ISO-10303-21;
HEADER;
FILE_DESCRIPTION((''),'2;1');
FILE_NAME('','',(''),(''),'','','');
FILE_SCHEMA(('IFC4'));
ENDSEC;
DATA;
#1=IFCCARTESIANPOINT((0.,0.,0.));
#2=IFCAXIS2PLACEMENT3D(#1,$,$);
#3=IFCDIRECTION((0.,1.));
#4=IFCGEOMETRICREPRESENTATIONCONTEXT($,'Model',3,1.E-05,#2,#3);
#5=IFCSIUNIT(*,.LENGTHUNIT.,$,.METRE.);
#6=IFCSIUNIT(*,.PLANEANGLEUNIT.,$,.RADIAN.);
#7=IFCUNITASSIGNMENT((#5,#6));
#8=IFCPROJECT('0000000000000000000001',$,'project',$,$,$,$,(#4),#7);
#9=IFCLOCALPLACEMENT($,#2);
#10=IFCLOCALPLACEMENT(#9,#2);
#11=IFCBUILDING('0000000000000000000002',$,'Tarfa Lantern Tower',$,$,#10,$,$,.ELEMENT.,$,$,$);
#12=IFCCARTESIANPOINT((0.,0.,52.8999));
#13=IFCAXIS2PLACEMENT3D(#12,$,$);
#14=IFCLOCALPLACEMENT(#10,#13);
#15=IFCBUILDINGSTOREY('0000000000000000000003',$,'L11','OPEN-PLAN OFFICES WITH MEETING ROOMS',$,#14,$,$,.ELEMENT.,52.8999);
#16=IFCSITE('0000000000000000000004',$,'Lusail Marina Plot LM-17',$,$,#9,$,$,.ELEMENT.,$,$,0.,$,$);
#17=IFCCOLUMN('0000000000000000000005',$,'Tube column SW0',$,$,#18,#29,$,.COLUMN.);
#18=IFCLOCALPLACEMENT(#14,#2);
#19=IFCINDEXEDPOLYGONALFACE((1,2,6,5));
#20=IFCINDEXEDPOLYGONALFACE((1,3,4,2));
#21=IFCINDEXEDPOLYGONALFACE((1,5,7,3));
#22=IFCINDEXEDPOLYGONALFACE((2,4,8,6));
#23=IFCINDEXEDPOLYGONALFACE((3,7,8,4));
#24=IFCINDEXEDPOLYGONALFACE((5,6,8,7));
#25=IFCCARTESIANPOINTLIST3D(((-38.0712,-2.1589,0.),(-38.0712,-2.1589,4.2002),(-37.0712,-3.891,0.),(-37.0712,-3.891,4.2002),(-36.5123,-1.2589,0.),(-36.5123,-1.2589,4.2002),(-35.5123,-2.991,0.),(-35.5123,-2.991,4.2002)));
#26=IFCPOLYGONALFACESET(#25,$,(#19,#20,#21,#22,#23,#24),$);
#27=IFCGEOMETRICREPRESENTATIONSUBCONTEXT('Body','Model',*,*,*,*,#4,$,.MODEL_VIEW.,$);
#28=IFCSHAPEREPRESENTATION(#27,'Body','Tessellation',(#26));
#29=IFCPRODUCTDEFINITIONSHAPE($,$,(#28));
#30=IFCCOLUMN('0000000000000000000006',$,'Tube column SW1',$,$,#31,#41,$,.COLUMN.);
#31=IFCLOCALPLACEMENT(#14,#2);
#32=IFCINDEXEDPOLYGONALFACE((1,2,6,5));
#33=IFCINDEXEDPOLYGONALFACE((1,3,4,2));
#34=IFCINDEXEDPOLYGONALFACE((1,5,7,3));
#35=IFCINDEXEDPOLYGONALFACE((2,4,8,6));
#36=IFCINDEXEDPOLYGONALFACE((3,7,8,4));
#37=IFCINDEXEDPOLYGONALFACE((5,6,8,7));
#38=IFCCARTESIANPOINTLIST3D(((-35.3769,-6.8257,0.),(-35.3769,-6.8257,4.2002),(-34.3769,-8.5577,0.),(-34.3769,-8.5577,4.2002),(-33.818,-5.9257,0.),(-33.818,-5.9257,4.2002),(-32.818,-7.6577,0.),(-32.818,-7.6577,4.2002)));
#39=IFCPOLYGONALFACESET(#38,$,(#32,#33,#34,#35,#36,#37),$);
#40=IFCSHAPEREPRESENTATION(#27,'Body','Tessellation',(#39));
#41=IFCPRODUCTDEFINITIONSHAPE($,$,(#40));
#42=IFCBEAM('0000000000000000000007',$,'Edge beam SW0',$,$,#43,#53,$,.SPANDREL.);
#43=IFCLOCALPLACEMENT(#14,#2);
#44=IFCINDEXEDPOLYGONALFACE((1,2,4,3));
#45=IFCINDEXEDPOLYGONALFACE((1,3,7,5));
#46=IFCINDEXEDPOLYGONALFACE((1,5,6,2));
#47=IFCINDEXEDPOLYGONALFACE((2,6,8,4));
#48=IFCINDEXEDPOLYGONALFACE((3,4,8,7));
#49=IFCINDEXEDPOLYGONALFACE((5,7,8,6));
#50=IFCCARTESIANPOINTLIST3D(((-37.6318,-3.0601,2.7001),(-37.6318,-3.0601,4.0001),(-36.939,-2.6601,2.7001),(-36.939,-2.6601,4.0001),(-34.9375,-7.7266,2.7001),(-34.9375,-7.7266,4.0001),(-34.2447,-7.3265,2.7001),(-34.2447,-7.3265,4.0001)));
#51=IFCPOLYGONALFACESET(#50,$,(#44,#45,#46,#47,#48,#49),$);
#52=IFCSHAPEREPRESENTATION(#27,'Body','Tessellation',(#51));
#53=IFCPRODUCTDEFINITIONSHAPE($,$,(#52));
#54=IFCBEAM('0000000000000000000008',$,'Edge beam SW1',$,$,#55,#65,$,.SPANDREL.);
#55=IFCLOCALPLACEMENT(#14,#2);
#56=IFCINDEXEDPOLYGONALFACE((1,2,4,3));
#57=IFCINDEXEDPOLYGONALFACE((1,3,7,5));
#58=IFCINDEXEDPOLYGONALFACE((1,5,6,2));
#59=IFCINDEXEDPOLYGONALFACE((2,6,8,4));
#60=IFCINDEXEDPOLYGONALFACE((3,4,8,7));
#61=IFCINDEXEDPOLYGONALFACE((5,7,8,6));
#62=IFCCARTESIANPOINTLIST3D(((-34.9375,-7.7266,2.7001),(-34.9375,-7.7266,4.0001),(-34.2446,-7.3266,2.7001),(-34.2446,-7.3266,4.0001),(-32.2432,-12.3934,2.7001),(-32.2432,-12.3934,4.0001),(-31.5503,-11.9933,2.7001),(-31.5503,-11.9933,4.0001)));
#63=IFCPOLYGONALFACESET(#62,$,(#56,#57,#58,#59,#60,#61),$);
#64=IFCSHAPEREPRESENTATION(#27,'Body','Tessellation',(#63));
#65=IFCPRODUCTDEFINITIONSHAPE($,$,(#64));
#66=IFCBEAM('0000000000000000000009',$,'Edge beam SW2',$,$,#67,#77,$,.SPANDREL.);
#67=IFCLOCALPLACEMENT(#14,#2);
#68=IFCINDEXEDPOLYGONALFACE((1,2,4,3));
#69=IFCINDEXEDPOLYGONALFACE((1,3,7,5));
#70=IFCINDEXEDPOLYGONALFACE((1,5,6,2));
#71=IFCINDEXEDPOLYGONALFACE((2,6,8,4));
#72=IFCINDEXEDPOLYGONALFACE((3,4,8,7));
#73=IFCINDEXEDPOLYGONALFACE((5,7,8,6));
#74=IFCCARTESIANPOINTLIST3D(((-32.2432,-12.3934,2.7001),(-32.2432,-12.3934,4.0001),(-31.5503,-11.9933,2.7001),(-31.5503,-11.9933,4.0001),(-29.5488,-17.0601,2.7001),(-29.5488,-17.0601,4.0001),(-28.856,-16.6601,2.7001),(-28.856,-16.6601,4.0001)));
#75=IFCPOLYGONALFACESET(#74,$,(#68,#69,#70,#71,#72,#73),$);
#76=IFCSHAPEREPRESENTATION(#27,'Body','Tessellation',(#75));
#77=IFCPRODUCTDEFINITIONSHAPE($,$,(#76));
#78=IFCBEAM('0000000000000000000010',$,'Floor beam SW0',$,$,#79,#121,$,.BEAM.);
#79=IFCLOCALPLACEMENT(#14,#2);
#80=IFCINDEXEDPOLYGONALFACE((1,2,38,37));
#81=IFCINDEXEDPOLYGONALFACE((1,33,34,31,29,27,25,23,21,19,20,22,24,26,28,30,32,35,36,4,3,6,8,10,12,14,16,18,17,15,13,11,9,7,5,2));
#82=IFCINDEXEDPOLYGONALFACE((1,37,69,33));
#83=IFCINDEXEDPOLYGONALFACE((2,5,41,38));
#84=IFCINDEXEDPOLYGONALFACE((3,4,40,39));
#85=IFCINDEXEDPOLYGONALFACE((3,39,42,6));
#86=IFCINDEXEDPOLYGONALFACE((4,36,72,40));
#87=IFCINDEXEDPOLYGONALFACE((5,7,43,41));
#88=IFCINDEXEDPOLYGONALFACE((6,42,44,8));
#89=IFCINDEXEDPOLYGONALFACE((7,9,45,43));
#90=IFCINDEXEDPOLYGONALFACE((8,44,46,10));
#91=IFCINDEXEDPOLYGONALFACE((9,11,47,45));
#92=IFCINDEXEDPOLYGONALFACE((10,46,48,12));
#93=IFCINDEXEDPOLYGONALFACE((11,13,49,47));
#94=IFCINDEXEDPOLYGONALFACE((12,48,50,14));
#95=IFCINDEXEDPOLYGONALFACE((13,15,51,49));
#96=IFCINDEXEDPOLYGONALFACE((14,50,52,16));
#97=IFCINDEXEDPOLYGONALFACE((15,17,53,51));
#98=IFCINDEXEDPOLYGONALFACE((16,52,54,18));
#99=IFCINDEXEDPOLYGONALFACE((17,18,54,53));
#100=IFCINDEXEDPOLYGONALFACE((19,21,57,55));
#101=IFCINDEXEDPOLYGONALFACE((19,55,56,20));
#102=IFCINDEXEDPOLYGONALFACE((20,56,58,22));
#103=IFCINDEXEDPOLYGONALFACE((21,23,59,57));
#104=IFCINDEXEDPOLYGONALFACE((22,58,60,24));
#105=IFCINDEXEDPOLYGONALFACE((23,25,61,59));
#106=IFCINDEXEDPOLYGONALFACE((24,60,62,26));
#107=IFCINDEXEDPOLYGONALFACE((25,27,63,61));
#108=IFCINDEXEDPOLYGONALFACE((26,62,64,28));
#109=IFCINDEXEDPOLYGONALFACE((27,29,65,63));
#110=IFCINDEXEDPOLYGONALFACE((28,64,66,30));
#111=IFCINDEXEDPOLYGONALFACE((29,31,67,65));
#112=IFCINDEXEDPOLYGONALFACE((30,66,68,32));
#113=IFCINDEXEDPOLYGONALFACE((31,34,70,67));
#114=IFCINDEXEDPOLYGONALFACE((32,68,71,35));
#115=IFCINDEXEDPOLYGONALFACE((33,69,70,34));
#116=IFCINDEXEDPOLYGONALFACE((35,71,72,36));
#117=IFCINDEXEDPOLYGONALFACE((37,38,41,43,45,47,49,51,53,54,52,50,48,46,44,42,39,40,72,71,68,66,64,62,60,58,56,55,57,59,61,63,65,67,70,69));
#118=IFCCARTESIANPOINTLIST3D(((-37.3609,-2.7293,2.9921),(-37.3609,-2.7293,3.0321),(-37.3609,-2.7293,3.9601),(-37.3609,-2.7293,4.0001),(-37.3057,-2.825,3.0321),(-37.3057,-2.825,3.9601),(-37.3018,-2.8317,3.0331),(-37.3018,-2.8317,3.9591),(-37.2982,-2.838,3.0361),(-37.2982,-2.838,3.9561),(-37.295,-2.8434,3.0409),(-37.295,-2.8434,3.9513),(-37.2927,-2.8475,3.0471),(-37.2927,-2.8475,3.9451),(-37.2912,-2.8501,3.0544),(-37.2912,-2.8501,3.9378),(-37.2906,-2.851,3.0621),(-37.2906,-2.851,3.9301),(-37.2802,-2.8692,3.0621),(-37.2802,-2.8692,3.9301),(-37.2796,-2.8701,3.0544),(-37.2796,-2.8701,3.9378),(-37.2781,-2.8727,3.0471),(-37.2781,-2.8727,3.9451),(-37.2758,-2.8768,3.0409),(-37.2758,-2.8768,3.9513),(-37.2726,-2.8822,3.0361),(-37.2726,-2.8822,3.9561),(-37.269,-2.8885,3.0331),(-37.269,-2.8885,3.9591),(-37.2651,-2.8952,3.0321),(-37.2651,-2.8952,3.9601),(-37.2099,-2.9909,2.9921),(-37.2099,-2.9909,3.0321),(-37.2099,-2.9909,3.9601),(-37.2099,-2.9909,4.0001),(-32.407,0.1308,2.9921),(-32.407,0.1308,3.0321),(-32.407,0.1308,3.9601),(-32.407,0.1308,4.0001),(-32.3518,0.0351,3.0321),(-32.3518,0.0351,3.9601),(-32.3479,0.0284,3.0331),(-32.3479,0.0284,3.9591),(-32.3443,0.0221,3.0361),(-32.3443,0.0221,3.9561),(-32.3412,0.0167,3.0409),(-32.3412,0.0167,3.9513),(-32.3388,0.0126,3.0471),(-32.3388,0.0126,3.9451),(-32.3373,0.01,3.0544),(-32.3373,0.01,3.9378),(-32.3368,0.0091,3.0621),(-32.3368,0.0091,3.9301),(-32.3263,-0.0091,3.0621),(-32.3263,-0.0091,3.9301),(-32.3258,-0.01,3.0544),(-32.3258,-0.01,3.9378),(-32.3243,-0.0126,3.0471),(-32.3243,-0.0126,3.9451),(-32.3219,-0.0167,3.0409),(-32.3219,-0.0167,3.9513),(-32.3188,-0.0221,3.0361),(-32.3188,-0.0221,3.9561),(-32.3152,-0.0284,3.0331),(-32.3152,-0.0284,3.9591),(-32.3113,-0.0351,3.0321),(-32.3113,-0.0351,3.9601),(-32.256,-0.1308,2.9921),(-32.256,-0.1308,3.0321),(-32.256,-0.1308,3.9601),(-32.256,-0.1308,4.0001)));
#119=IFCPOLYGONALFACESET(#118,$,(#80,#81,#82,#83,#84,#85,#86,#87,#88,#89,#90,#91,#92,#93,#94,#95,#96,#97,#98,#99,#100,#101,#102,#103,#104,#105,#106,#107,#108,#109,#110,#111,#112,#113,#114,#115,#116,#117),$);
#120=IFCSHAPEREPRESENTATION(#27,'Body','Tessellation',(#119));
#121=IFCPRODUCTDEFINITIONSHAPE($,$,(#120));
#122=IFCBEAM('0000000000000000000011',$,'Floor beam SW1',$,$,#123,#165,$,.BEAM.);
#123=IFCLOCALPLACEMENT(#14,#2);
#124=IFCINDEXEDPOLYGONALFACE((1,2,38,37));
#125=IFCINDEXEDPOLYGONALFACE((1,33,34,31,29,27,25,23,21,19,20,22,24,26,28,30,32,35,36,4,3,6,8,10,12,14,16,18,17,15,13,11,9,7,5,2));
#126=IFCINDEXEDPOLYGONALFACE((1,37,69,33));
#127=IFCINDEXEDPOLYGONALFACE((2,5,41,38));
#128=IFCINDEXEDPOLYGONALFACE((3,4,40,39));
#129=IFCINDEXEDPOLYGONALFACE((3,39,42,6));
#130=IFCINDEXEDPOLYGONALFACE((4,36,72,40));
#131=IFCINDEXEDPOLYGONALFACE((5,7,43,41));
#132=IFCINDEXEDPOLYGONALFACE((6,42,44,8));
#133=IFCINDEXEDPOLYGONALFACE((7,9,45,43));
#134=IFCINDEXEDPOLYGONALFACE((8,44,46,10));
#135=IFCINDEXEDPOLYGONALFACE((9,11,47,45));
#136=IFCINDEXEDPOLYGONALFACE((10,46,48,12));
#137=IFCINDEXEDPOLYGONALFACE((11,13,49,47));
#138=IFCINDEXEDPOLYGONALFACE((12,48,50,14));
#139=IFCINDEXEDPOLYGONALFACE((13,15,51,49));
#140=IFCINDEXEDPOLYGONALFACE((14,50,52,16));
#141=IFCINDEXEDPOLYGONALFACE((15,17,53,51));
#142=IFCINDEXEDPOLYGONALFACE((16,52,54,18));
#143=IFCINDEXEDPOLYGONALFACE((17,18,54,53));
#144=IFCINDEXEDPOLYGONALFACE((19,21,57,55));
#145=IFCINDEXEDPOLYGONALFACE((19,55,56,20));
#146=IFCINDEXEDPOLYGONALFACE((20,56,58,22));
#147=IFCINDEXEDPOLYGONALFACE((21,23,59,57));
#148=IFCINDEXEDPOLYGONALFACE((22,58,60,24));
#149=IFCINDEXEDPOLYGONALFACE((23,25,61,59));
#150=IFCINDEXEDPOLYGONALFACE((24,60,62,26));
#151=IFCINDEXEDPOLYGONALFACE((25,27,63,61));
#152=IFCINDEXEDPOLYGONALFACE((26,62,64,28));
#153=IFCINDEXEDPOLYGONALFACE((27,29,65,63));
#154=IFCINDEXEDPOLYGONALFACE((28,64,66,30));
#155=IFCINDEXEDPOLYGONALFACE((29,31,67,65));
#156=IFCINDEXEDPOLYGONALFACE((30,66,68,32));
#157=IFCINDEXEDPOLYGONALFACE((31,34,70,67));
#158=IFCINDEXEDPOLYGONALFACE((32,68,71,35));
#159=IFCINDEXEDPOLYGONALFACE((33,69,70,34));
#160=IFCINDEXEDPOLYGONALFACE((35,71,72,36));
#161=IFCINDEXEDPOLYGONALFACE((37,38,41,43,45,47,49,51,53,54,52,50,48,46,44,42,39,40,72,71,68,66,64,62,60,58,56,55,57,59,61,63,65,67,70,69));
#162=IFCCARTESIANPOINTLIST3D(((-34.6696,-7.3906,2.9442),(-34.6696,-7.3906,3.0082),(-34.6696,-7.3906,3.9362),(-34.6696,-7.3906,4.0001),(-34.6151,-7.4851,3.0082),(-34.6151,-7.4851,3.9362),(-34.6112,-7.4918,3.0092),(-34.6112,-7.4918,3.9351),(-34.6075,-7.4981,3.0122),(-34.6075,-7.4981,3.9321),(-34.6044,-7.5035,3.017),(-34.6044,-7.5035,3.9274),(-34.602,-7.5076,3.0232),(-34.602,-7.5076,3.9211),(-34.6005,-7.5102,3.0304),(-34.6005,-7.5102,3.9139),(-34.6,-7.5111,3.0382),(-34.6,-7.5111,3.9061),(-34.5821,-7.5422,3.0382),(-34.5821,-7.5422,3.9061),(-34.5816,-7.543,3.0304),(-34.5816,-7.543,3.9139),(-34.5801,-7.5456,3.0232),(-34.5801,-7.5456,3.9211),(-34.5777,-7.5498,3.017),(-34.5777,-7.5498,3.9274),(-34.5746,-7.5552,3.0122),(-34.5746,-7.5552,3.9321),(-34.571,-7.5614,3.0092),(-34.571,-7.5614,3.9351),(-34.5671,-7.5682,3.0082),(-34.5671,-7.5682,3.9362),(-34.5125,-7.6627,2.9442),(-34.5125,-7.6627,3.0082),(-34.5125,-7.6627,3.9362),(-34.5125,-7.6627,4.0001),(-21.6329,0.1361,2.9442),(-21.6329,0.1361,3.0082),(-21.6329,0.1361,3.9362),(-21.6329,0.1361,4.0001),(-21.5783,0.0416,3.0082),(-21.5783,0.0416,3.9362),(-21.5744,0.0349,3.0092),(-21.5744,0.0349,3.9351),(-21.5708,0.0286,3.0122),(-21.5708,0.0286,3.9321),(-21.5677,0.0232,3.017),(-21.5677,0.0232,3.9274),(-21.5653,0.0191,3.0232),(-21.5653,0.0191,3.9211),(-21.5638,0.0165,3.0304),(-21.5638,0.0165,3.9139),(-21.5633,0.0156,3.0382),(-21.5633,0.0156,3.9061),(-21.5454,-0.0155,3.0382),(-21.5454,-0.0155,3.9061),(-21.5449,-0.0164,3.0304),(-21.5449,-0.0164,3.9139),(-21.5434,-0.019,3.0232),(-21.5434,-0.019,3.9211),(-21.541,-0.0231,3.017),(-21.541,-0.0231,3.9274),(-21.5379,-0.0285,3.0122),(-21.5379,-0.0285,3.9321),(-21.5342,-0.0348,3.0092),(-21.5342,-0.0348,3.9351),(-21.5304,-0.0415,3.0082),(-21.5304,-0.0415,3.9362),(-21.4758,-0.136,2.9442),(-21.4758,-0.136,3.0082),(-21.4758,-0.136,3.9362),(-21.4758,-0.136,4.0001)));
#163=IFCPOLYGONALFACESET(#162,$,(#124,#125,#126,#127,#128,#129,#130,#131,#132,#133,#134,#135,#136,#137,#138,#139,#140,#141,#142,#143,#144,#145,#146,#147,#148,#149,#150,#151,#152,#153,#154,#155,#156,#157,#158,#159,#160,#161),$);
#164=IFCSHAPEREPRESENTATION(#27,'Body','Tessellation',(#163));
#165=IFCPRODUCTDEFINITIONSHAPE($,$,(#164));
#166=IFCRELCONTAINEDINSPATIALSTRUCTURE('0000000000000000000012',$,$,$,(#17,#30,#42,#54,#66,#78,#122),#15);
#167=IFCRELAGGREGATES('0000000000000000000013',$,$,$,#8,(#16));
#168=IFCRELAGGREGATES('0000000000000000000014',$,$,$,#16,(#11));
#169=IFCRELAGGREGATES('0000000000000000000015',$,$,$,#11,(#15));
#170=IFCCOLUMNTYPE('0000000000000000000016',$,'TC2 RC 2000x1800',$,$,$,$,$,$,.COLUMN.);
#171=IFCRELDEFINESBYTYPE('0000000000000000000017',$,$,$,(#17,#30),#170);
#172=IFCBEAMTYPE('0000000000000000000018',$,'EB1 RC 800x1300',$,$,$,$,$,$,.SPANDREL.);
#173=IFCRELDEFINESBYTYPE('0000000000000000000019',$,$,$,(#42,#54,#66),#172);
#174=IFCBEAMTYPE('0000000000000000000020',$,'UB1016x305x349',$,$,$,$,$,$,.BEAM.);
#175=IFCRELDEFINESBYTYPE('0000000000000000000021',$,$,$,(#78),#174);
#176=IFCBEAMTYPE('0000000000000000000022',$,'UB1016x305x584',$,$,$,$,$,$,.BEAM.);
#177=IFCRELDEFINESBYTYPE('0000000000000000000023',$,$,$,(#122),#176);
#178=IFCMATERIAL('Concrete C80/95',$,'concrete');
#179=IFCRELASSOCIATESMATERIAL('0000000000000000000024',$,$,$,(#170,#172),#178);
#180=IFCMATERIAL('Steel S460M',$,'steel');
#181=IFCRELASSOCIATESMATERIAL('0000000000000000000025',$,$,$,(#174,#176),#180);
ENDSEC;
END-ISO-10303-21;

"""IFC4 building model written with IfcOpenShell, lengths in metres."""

from ifc_helpers import new_model, si_unit, direction, frame, origin, origin_2d, place, context, subcontext, project, spatial, rectangle, i_section, extrude, material, material_profile, profile_set, type_object, element, save


model = new_model("IFC4")

# Units and contexts
model_context = context("Model", 3, precision=1e-05, world=origin(), true_north=direction((0.0, 1.0)))
body_context = subcontext(model_context, "Body", "Model", "MODEL_VIEW")
ifc_project = project(units=[si_unit("LENGTHUNIT", "METRE"), si_unit("PLANEANGLEUNIT", "RADIAN")], contexts=[model_context])

# Site, building, storey
site_placement = place(None, origin())
site = spatial("IfcSite", under=ifc_project, at=site_placement, Name="Lusail Marina Plot LM-17", CompositionType="ELEMENT", RefElevation=0.0)
building_placement = place(site_placement, origin())
building = spatial("IfcBuilding", under=site, at=building_placement, Name="Tarfa Lantern Tower", CompositionType="ELEMENT")
storey_placement = place(building_placement, frame((0.0, 0.0, 52.8999)))
storey = spatial("IfcBuildingStorey", under=building, at=storey_placement, Name="L11", Description="OPEN-PLAN OFFICES WITH MEETING ROOMS", CompositionType="ELEMENT", Elevation=52.8999)

# Columns
ifc_material_1 = material(Name="Concrete C80/95", Category="concrete")
ifc_material_profile_1 = material_profile(ifc_material_1, rectangle(XDim=2.0, YDim=1.8, at=origin_2d()), Name="RC 2000x1800")
ifc_profile_set_1 = profile_set([ifc_material_profile_1], Name="Concrete C80/95")
column_type = type_object("IfcColumnType", Name="TC2 RC 2000x1800", PredefinedType="COLUMN", material=ifc_profile_set_1)
for number, where, z_axis, x_axis, name in (
    (1, (-36.7917, -2.575, 0.0), (0.0, 0.0, 1.0), (0.5, -0.866025, 0.0), "Tube column SW0"),
    (2, (-34.0974, -7.2417, 0.0), (0.0, 0.0, 1.0), (0.5, -0.866025, 0.0), "Tube column SW1"),
):
    element("IfcColumn", number, at=place(storey_placement, frame(where, z_axis=z_axis, x_axis=x_axis)), inside=storey, type_object=column_type, Name=name, PredefinedType="COLUMN", context=body_context, shape_type="SweptSolid", body=[
        extrude(rectangle(XDim=2.0, YDim=1.8, at=origin_2d()), origin(), (0.0, 0.0, 1.0), 4.2002),
    ])

# Beams
ifc_material_profile_2 = material_profile(ifc_material_1, rectangle(XDim=0.8, YDim=1.3, at=origin_2d()), Name="RC 800x1300")
ifc_profile_set_2 = profile_set([ifc_material_profile_2], Name="Concrete C80/95")
beam_type_1 = type_object("IfcBeamType", Name="EB1 RC 800x1300", PredefinedType="SPANDREL", material=ifc_profile_set_2)
beam_1_placement = place(storey_placement, frame((-37.2854, -2.8601, 3.3501), z_axis=(0.500018, -0.866015, 0.0), x_axis=(0.866015, 0.500018, 0.0)))
element("IfcBeam", 3, at=beam_1_placement, inside=storey, type_object=beam_type_1, Name="Edge beam SW0", PredefinedType="SPANDREL", context=body_context, shape_type="SweptSolid", body=[
    extrude(rectangle(XDim=0.8, YDim=1.3, at=origin_2d()), origin(), (0.0, 0.0, 1.0), 5.3884),
])
for number, where, z_axis, x_axis, name in (
    (4, (-34.5911, -7.5266, 3.3501), (0.499998, -0.866026, 0.0), (0.866026, 0.499998, 0.0), "Edge beam SW1"),
    (5, (-31.8967, -12.1934, 3.3501), (0.499998, -0.866026, 0.0), (0.866026, 0.499998, 0.0), "Edge beam SW2"),
):
    element("IfcBeam", number, at=place(storey_placement, frame(where, z_axis=z_axis, x_axis=x_axis)), inside=storey, type_object=beam_type_1, Name=name, PredefinedType="SPANDREL", context=body_context, shape_type="SweptSolid", body=[
        extrude(rectangle(XDim=0.8, YDim=1.3, at=origin_2d()), origin(), (0.0, 0.0, 1.0), 5.3887),
    ])
ifc_material_2 = material(Name="Steel S460M", Category="steel")
ifc_material_profile_3 = material_profile(ifc_material_2, i_section(OverallWidth=0.302, OverallDepth=1.0081, WebThickness=0.021, FlangeThickness=0.04, FilletRadius=0.03, at=origin_2d()), Name="UB1016x305x349")
ifc_profile_set_3 = profile_set([ifc_material_profile_3], Name="Steel S460M")
beam_type_2 = type_object("IfcBeamType", Name="UB1016x305x349", PredefinedType="BEAM", material=ifc_profile_set_3)
beam_2_placement = place(storey_placement, frame((-37.2854, -2.8601, 3.4961), z_axis=(0.866026, 0.5, 0.0), x_axis=(-0.5, 0.866026, 0.0)))
element("IfcBeam", 6, at=beam_2_placement, inside=storey, type_object=beam_type_2, Name="Floor beam SW0", PredefinedType="BEAM", context=body_context, shape_type="SweptSolid", body=[
    extrude(i_section(OverallWidth=0.302, OverallDepth=1.0081, WebThickness=0.021, FlangeThickness=0.04, FilletRadius=0.03, at=origin_2d()), origin(), (0.0, 0.0, 1.0), 5.7202),
])
ifc_material_profile_4 = material_profile(ifc_material_2, i_section(OverallWidth=0.3142, OverallDepth=1.0559, WebThickness=0.0359, FlangeThickness=0.064, FilletRadius=0.03, at=origin_2d()), Name="UB1016x305x584")
ifc_profile_set_4 = profile_set([ifc_material_profile_4], Name="Steel S460M")
beam_type_3 = type_object("IfcBeamType", Name="UB1016x305x584", PredefinedType="BEAM", material=ifc_profile_set_4)
beam_3_placement = place(storey_placement, frame((-34.5911, -7.5266, 3.4722), z_axis=(0.866028, 0.499996, 0.0), x_axis=(-0.499996, 0.866028, 0.0)))
element("IfcBeam", 7, at=beam_3_placement, inside=storey, type_object=beam_type_3, Name="Floor beam SW1", PredefinedType="BEAM", context=body_context, shape_type="SweptSolid", body=[
    extrude(i_section(OverallWidth=0.3142, OverallDepth=1.0559, WebThickness=0.0359, FlangeThickness=0.064, FilletRadius=0.03, at=origin_2d()), origin(), (0.0, 0.0, 1.0), 15.0535),
])

save(model, "model.ifc")
